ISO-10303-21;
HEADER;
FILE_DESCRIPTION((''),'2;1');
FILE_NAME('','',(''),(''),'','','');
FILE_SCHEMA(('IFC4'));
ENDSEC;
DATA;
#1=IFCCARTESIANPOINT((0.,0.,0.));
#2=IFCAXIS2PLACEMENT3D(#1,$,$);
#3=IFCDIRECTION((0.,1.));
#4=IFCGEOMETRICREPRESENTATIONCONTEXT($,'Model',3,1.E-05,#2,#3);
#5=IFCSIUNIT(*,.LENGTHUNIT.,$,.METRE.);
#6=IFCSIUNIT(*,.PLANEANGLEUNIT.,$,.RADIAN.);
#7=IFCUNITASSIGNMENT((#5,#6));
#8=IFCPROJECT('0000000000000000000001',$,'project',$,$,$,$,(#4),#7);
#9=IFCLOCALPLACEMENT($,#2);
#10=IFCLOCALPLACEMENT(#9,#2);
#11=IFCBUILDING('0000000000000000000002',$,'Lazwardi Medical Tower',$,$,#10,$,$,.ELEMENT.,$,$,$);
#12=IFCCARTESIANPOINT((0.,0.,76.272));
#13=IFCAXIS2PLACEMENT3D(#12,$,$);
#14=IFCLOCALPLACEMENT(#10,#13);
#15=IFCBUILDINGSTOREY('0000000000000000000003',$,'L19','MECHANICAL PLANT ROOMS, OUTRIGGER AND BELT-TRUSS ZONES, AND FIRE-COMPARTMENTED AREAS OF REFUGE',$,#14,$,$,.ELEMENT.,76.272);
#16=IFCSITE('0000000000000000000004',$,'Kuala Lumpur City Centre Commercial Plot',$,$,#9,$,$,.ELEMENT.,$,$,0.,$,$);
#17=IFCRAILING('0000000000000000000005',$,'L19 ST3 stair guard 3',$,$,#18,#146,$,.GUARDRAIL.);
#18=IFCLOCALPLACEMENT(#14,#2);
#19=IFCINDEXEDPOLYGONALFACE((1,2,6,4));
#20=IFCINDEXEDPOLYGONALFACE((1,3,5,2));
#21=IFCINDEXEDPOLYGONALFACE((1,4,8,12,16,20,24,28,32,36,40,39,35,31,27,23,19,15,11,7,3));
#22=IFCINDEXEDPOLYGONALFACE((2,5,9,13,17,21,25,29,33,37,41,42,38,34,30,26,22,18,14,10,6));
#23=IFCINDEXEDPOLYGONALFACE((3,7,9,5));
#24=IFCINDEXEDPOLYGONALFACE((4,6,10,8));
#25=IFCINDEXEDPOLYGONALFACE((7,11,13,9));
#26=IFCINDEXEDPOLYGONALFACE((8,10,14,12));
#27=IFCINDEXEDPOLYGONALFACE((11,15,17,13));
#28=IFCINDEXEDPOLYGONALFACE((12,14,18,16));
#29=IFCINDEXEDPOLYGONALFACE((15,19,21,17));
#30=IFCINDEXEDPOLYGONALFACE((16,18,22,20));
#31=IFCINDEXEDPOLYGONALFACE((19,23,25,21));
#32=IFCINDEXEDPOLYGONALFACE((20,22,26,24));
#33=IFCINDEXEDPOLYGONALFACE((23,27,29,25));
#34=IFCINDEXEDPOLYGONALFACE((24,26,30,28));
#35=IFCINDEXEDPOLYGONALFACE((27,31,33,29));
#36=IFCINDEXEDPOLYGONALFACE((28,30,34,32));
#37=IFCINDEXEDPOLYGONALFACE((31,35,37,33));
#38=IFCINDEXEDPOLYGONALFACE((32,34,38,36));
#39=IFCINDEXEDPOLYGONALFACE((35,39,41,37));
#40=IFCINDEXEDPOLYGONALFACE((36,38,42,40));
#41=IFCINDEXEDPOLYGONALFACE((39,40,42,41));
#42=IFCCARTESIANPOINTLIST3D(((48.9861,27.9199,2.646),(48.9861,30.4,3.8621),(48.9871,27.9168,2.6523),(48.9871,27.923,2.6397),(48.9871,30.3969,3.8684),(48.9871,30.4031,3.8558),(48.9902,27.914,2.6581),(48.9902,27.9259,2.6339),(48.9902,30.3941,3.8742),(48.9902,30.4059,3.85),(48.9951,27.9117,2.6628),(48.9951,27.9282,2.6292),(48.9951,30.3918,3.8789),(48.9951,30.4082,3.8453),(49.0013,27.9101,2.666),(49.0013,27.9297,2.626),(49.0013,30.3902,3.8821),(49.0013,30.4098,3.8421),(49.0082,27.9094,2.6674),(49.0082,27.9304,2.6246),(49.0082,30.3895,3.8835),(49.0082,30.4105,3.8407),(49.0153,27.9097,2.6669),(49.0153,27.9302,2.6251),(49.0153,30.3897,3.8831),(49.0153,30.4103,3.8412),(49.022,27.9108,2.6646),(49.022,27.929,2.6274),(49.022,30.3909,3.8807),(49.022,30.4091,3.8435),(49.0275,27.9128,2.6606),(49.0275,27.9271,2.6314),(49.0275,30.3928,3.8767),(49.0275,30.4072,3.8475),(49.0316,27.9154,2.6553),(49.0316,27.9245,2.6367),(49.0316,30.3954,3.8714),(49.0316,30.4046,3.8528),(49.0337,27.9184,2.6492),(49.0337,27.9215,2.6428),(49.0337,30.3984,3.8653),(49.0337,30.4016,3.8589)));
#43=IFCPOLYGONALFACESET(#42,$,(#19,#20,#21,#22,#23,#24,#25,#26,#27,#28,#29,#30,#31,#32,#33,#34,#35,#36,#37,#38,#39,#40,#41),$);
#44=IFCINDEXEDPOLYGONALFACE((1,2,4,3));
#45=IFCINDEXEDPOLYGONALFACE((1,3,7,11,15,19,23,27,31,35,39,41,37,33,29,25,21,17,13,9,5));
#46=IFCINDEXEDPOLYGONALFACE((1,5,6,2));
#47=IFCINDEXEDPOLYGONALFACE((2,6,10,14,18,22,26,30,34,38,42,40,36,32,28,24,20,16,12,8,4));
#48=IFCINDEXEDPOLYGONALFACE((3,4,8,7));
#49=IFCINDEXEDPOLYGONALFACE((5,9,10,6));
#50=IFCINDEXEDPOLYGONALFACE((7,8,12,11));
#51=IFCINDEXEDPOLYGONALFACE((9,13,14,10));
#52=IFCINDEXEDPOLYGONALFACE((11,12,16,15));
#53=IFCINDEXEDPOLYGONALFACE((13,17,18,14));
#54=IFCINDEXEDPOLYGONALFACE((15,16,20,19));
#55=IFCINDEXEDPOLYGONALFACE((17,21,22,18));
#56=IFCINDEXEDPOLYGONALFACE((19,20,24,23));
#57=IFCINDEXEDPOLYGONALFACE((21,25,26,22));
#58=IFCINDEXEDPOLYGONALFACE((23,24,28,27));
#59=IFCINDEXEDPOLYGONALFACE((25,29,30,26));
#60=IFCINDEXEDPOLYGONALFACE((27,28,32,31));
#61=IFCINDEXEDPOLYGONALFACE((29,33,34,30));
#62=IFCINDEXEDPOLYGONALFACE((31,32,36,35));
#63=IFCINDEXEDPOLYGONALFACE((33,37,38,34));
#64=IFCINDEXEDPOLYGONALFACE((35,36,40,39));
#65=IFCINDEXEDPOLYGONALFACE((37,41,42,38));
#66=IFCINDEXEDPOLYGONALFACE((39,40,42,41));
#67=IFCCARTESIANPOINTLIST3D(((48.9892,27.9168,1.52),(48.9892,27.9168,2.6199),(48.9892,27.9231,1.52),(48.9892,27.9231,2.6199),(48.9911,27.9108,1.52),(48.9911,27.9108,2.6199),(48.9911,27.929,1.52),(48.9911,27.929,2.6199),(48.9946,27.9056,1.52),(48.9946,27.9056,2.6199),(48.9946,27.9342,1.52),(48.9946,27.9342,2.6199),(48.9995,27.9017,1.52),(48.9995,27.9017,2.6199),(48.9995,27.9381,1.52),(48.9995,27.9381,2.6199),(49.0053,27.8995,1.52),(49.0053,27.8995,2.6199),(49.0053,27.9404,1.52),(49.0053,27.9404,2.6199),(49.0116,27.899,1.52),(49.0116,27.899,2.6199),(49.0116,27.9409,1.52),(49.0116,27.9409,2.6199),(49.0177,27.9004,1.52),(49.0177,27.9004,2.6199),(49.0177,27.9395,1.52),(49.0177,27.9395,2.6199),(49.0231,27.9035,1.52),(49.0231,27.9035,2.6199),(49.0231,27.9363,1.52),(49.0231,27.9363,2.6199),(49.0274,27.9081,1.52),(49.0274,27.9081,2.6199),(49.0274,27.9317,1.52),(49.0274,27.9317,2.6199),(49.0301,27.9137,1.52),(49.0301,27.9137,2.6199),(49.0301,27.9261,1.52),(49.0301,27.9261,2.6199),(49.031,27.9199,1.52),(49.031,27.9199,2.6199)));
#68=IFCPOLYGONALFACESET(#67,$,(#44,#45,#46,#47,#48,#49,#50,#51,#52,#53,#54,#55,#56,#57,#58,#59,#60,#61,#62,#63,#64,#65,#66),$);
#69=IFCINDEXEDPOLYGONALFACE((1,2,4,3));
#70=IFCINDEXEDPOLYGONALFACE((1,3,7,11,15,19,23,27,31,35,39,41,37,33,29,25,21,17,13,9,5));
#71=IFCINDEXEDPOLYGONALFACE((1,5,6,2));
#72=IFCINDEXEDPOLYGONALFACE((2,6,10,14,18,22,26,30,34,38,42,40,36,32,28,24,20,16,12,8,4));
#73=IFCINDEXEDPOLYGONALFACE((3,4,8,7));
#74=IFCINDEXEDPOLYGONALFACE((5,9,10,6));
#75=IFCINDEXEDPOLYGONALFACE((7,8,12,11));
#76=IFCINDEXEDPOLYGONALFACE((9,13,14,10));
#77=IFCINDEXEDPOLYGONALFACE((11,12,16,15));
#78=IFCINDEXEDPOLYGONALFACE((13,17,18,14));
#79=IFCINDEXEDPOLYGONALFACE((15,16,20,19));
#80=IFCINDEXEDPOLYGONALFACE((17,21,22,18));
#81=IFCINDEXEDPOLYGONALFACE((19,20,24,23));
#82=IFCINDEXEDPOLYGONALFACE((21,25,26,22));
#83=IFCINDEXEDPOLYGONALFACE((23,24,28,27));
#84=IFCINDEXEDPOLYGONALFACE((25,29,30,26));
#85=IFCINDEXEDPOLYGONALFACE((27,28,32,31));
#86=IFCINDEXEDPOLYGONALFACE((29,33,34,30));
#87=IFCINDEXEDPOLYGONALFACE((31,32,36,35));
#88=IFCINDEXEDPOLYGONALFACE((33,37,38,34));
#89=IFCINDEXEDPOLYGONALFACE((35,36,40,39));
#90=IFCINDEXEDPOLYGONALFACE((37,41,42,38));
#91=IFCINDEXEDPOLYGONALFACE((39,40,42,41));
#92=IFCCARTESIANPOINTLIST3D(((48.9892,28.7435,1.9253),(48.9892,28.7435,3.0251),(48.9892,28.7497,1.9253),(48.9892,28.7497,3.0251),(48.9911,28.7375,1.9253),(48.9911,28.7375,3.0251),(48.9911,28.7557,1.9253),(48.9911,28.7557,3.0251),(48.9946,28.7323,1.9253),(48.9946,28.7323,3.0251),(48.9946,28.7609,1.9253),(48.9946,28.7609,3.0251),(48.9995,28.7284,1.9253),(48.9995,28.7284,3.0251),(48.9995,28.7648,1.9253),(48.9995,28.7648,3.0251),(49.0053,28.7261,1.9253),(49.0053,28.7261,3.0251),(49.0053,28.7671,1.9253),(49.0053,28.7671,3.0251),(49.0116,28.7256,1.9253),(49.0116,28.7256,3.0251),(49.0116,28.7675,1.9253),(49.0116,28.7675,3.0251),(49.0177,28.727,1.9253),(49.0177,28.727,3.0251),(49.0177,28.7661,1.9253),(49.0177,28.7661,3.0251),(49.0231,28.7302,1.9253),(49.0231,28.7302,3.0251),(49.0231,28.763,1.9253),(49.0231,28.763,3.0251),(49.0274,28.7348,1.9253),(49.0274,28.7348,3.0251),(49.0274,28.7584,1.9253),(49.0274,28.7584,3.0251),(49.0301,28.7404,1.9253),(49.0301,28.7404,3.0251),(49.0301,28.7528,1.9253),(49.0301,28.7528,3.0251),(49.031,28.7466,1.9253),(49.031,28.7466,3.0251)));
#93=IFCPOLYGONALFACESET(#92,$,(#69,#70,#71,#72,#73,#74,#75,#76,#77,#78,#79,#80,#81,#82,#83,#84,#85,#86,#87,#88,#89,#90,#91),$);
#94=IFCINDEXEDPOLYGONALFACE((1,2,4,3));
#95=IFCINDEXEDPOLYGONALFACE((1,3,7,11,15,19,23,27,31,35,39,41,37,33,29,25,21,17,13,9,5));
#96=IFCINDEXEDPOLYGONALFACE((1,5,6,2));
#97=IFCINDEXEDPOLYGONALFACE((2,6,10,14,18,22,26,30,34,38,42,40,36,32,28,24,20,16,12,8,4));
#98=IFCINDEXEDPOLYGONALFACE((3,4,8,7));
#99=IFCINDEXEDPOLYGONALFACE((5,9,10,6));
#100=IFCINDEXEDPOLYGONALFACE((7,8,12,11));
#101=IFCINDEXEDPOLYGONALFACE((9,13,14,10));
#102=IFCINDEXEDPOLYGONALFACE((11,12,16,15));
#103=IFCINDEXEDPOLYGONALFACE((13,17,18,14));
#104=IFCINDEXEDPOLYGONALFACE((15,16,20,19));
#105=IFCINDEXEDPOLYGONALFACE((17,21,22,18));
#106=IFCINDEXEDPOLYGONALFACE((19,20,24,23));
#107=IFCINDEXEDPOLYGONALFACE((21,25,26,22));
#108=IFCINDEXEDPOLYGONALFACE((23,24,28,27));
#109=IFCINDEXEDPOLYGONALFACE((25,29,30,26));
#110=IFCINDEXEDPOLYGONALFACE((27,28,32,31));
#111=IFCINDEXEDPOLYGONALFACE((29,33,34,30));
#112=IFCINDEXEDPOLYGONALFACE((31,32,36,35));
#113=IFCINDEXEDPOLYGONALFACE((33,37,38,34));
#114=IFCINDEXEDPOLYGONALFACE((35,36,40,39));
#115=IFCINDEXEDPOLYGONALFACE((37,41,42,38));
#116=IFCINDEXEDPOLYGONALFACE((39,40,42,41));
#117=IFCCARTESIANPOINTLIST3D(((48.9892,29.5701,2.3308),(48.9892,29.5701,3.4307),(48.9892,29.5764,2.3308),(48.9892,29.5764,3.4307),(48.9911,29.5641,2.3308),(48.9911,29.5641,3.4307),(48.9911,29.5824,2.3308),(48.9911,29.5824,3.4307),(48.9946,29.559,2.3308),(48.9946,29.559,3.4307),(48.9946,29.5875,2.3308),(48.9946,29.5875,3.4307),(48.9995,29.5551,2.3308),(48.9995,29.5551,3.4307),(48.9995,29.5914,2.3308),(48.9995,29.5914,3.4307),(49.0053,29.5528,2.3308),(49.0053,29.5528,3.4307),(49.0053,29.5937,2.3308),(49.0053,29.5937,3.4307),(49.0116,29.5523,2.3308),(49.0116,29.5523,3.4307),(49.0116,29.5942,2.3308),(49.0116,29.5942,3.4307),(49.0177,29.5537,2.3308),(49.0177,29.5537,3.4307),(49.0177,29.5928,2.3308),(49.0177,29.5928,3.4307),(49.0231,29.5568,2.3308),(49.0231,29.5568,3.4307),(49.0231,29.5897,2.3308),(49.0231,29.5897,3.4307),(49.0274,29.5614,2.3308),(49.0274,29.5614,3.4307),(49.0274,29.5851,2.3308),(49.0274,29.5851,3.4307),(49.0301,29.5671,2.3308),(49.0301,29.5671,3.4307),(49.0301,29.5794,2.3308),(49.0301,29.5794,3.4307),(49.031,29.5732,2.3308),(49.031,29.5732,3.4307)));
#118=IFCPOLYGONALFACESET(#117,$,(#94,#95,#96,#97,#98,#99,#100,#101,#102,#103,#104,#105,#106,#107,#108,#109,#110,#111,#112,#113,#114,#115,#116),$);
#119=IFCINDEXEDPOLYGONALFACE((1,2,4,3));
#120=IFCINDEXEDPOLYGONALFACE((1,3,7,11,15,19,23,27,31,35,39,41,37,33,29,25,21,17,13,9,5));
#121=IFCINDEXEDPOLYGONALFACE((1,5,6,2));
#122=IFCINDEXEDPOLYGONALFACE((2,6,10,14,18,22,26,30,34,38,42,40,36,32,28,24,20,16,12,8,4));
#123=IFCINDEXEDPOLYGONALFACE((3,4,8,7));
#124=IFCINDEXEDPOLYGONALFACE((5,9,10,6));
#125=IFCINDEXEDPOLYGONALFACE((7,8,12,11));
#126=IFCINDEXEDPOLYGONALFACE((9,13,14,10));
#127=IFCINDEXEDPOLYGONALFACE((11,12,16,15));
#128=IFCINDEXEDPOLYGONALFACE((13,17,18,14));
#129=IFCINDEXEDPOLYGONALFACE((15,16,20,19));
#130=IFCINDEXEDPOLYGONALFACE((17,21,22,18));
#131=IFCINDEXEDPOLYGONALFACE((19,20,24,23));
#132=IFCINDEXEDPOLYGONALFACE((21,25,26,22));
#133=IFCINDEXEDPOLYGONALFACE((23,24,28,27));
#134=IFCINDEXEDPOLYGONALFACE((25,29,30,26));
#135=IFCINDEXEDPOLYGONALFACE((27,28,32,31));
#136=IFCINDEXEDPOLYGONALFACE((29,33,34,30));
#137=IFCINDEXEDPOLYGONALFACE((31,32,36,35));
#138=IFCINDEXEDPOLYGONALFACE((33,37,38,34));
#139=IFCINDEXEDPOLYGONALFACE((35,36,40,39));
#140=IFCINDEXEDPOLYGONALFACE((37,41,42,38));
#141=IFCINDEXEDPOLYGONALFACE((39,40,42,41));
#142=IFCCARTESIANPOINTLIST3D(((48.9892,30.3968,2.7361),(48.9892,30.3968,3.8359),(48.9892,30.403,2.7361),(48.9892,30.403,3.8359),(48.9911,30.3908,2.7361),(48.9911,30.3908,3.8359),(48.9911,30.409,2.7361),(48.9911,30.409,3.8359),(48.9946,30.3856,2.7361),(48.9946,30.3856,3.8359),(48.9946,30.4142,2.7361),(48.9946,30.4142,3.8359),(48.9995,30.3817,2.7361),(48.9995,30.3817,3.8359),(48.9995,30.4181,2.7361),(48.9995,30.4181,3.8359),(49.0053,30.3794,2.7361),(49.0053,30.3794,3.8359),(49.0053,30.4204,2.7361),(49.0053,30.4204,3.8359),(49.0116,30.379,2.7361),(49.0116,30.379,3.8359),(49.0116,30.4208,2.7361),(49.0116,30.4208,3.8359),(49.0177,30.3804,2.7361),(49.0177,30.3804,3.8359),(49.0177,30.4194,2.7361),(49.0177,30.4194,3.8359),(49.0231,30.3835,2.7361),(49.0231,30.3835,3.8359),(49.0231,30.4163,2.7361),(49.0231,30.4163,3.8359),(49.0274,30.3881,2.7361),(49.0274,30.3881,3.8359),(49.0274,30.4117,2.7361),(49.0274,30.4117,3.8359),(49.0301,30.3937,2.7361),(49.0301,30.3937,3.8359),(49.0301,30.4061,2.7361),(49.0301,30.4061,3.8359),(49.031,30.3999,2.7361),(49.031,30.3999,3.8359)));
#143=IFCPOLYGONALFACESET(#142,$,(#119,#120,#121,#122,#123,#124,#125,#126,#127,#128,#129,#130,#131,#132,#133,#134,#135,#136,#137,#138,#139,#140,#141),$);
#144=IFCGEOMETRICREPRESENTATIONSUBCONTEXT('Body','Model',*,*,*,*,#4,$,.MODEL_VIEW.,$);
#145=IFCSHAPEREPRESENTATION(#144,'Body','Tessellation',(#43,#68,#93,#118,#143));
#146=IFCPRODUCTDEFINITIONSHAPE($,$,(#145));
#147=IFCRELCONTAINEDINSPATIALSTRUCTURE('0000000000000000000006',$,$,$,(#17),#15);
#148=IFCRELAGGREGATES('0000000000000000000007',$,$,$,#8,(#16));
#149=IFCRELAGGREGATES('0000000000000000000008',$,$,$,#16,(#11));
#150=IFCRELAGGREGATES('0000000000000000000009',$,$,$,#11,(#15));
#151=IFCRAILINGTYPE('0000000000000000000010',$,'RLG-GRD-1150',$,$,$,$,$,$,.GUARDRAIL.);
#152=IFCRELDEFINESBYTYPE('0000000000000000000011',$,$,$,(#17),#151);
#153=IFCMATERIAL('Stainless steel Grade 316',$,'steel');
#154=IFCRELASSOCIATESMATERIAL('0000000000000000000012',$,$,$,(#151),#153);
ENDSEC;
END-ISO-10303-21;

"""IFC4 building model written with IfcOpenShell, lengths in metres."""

from ifc_helpers import new_model, si_unit, direction, frame, origin, origin_2d, place, context, subcontext, project, spatial, circle, extrude, material, type_object, element, save


model = new_model("IFC4")

# Units and contexts
model_context = context("Model", 3, precision=1e-05, world=origin(), true_north=direction((0.0, 1.0)))
body_context = subcontext(model_context, "Body", "Model", "MODEL_VIEW")
ifc_project = project(units=[si_unit("LENGTHUNIT", "METRE"), si_unit("PLANEANGLEUNIT", "RADIAN")], contexts=[model_context])

# Site, building, storey
site_placement = place(None, origin())
site = spatial("IfcSite", under=ifc_project, at=site_placement, Name="Kuala Lumpur City Centre Commercial Plot", CompositionType="ELEMENT", RefElevation=0.0)
building_placement = place(site_placement, origin())
building = spatial("IfcBuilding", under=site, at=building_placement, Name="Lazwardi Medical Tower", CompositionType="ELEMENT")
storey_placement = place(building_placement, frame((0.0, 0.0, 76.272)))
storey = spatial("IfcBuildingStorey", under=building, at=storey_placement, Name="L19", Description="MECHANICAL PLANT ROOMS, OUTRIGGER AND BELT-TRUSS ZONES, AND FIRE-COMPARTMENTED AREAS OF REFUGE", CompositionType="ELEMENT", Elevation=76.272)

# Railing
ifc_material_1 = material(Name="Stainless steel Grade 316", Category="steel")
railing_type_1 = type_object("IfcRailingType", Name="RLG-GRD-1150", PredefinedType="GUARDRAIL", material=ifc_material_1)
railing_1_placement = place(storey_placement, frame((49.01, 27.9199, 1.52)))
element("IfcRailing", 1, at=railing_1_placement, inside=storey, type_object=railing_type_1, Name="L19 ST3 stair guard 3", PredefinedType="GUARDRAIL", context=body_context, shape_type="SweptSolid", body=[
    extrude(circle(Radius=0.0239, at=origin_2d()), frame((0.0, 0.0, 1.126), z_axis=(0.0, 0.897865, 0.44027), x_axis=(-1.0, 0.0, 0.0)), (0.0, 0.0, 1.0), 2.7622),
    extrude(circle(Radius=0.021, at=origin_2d()), origin(), (0.0, 0.0, 1.0), 1.0999),
    extrude(circle(Radius=0.021, at=origin_2d()), frame((0.0, 0.8267, 0.4053)), (0.0, 0.0, 1.0), 1.0999),
    extrude(circle(Radius=0.021, at=origin_2d()), frame((0.0, 1.6533, 0.8108)), (0.0, 0.0, 1.0), 1.0999),
    extrude(circle(Radius=0.021, at=origin_2d()), frame((0.0, 2.48, 1.2161)), (0.0, 0.0, 1.0), 1.0999),
])

save(model, "model.ifc")
